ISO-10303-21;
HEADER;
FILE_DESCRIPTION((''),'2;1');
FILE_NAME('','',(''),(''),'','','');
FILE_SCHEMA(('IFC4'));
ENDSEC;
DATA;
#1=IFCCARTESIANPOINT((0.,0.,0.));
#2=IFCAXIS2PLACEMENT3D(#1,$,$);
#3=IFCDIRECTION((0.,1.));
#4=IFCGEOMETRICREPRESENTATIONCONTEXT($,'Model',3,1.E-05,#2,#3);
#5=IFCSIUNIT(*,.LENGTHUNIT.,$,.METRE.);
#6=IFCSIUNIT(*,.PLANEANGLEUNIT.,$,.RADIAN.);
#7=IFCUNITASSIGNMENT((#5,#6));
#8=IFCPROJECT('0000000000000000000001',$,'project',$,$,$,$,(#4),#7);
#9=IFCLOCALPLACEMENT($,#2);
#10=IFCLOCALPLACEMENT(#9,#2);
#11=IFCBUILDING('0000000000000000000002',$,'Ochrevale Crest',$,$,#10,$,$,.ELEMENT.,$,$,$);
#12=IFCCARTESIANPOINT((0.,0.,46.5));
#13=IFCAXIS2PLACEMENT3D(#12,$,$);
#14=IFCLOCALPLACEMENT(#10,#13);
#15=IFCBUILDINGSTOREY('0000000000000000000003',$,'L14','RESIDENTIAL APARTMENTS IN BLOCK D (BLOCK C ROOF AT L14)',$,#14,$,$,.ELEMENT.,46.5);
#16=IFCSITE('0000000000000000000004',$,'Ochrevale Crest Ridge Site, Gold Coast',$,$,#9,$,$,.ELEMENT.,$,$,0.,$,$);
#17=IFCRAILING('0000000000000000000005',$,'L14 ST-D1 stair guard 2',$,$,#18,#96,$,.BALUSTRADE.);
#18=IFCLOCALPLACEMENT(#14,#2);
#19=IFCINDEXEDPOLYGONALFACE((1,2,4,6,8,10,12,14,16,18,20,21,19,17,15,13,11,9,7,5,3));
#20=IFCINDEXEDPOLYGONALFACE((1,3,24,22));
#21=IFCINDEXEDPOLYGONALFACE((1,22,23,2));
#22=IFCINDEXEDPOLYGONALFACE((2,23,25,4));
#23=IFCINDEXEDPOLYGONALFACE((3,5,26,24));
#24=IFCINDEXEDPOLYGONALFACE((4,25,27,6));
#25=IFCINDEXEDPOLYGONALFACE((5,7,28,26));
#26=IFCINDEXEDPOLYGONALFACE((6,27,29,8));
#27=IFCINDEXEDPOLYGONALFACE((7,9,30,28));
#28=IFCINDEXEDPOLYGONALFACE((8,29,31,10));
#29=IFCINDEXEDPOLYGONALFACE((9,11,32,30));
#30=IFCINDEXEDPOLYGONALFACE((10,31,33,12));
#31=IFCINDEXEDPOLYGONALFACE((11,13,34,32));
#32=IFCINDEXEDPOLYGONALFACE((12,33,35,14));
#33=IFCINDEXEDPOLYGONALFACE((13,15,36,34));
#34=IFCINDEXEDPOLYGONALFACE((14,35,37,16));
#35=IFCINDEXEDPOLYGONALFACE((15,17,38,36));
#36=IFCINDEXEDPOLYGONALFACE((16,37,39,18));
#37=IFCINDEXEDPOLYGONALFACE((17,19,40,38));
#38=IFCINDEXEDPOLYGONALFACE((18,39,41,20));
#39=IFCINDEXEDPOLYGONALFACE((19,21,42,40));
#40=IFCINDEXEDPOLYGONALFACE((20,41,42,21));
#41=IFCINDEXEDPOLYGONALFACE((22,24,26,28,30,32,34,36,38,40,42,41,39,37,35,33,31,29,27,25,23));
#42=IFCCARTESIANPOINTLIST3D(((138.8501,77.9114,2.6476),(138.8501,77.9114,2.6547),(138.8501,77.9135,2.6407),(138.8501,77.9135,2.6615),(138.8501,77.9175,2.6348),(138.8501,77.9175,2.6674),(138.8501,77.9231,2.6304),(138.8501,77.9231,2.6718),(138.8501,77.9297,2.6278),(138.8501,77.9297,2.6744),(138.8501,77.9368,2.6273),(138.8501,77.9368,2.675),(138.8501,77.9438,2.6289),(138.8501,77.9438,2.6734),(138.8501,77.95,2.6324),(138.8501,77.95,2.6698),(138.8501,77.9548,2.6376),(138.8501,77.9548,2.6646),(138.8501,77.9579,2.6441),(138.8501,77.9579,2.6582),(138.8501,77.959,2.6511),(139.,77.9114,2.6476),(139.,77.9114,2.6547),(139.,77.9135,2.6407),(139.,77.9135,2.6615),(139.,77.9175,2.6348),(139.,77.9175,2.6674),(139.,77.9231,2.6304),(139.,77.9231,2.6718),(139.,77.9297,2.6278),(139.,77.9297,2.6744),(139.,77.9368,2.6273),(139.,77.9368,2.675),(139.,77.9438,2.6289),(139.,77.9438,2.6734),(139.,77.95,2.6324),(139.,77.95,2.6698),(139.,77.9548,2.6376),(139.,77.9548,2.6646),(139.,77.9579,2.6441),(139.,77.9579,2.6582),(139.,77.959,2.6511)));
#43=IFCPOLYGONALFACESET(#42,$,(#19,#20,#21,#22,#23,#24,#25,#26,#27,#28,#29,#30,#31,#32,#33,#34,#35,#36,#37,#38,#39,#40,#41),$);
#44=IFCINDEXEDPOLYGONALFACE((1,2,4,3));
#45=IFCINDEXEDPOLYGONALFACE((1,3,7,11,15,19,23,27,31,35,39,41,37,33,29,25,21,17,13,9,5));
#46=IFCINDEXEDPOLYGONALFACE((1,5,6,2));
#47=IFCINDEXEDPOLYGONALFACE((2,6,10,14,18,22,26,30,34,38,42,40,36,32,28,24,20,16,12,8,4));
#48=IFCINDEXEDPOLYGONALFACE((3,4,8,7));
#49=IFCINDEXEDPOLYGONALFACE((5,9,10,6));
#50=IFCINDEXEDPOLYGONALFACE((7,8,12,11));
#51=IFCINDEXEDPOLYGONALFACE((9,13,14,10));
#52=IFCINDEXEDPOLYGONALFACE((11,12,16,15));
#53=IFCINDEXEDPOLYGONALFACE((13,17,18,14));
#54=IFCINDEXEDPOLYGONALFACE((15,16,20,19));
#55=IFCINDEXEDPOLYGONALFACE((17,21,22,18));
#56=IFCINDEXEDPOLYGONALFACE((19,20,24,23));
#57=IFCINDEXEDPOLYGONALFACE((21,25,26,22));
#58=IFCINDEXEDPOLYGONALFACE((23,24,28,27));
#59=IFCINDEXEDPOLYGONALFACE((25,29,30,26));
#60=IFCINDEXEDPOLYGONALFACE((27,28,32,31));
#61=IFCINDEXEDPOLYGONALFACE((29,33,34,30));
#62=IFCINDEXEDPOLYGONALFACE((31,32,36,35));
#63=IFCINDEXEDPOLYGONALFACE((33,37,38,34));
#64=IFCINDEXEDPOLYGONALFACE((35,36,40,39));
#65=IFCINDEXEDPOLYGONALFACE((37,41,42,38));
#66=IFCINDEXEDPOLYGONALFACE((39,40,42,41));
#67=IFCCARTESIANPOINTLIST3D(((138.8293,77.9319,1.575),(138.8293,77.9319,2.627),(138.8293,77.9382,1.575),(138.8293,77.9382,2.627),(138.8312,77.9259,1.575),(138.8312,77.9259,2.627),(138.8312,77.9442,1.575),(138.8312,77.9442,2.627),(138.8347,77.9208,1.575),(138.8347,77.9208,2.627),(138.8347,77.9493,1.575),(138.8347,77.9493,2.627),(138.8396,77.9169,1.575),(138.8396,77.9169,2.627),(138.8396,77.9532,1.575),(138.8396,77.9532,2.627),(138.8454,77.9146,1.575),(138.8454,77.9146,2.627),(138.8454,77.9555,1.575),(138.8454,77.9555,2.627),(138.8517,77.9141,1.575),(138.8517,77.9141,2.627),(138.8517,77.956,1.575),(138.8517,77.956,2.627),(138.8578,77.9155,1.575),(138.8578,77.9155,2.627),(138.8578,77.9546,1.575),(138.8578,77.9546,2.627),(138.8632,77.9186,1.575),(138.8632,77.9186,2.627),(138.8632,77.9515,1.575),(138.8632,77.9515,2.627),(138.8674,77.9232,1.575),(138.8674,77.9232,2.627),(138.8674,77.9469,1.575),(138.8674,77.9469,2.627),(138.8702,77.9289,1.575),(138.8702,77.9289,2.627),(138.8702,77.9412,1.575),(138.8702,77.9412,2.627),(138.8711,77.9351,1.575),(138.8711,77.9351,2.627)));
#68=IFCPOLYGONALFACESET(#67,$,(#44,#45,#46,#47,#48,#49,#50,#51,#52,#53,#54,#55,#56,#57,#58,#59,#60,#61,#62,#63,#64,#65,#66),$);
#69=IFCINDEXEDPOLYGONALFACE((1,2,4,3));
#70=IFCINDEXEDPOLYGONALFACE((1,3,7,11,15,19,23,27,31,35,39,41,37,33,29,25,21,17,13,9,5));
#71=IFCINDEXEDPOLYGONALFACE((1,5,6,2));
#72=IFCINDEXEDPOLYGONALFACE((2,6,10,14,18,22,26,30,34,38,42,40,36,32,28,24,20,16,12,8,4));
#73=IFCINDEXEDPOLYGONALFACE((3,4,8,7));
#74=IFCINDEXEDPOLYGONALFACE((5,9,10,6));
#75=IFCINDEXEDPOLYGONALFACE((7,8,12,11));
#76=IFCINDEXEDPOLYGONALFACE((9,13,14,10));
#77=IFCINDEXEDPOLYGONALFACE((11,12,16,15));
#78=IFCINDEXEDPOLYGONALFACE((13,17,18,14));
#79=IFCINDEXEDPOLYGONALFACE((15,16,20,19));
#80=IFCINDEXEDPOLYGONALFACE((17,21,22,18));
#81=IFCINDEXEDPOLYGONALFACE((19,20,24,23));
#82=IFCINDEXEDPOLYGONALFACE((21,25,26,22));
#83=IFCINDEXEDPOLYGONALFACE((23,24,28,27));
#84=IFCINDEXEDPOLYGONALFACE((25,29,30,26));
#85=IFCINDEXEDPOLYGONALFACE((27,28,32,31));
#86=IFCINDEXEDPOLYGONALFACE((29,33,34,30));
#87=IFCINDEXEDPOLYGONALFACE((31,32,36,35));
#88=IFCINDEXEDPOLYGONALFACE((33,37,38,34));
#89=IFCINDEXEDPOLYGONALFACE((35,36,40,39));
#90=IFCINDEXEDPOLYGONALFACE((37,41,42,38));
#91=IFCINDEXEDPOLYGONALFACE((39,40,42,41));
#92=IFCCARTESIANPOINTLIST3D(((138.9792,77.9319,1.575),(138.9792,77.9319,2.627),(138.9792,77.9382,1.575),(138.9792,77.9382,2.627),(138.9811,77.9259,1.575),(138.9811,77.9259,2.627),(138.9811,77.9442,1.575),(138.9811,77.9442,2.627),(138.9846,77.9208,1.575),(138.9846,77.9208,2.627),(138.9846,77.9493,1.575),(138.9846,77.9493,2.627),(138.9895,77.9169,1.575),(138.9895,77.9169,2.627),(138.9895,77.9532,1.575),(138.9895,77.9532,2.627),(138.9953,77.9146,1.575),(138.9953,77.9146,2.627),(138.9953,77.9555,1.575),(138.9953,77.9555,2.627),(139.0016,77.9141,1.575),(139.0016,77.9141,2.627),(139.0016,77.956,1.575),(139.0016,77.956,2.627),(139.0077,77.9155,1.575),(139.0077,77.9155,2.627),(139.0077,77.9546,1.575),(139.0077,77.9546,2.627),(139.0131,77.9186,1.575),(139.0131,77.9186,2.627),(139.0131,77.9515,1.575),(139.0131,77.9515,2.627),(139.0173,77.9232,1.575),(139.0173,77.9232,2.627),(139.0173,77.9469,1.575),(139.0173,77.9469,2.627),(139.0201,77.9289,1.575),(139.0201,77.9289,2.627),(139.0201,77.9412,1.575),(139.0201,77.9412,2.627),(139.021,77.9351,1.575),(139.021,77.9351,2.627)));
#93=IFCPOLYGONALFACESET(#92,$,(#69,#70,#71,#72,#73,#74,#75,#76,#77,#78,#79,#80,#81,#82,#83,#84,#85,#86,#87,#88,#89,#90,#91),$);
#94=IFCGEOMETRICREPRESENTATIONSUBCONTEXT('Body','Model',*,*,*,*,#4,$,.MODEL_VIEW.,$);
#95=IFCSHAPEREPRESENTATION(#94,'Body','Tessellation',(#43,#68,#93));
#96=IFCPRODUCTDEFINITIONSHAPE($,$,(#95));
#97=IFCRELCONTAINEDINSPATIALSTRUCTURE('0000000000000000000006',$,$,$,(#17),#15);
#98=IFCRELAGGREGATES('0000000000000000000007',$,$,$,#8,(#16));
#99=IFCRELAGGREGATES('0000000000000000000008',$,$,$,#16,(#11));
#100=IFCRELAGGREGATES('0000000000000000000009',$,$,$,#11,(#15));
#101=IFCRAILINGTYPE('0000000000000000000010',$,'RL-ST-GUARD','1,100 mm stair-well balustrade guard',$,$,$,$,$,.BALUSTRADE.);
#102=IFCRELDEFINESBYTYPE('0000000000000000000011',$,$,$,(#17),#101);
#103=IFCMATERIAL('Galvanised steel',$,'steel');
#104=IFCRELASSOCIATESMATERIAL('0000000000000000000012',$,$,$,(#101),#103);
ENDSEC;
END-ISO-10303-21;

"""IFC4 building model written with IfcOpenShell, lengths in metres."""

from ifc_helpers import new_model, si_unit, direction, frame, origin, origin_2d, place, context, subcontext, project, spatial, circle, extrude, material, type_object, element, save


model = new_model("IFC4")

# Units and contexts
model_context = context("Model", 3, precision=1e-05, world=origin(), true_north=direction((0.0, 1.0)))
body_context = subcontext(model_context, "Body", "Model", "MODEL_VIEW")
ifc_project = project(units=[si_unit("LENGTHUNIT", "METRE"), si_unit("PLANEANGLEUNIT", "RADIAN")], contexts=[model_context])

# Site, building, storey
site_placement = place(None, origin())
site = spatial("IfcSite", under=ifc_project, at=site_placement, Name="Ochrevale Crest Ridge Site, Gold Coast", CompositionType="ELEMENT", RefElevation=0.0)
building_placement = place(site_placement, origin())
building = spatial("IfcBuilding", under=site, at=building_placement, Name="Ochrevale Crest", CompositionType="ELEMENT")
storey_placement = place(building_placement, frame((0.0, 0.0, 46.5)))
storey = spatial("IfcBuildingStorey", under=building, at=storey_placement, Name="L14", Description="RESIDENTIAL APARTMENTS IN BLOCK D (BLOCK C ROOF AT L14)", CompositionType="ELEMENT", Elevation=46.5)

# Railing
ifc_material_1 = material(Name="Galvanised steel", Category="steel")
railing_type_1 = type_object("IfcRailingType", Name="RL-ST-GUARD", Description="1,100 mm stair-well balustrade guard", PredefinedType="BALUSTRADE", material=ifc_material_1)
railing_1_placement = place(storey_placement, frame((138.8501, 77.9351, 1.575)))
element("IfcRailing", 1, at=railing_1_placement, inside=storey, type_object=railing_type_1, Name="L14 ST-D1 stair guard 2", PredefinedType="BALUSTRADE", context=body_context, shape_type="SweptSolid", body=[
    extrude(circle(Radius=0.0239, at=origin_2d()), frame((0.0, 0.0, 1.0762), z_axis=(1.0, 0.0, 0.0), x_axis=(0.0, 1.0, 0.0)), (0.0, 0.0, 1.0), 0.1499),
    extrude(circle(Radius=0.021, at=origin_2d()), origin(), (0.0, 0.0, 1.0), 1.052),
    extrude(circle(Radius=0.021, at=origin_2d()), frame((0.1499, 0.0, 0.0)), (0.0, 0.0, 1.0), 1.052),
])

save(model, "model.ifc")
